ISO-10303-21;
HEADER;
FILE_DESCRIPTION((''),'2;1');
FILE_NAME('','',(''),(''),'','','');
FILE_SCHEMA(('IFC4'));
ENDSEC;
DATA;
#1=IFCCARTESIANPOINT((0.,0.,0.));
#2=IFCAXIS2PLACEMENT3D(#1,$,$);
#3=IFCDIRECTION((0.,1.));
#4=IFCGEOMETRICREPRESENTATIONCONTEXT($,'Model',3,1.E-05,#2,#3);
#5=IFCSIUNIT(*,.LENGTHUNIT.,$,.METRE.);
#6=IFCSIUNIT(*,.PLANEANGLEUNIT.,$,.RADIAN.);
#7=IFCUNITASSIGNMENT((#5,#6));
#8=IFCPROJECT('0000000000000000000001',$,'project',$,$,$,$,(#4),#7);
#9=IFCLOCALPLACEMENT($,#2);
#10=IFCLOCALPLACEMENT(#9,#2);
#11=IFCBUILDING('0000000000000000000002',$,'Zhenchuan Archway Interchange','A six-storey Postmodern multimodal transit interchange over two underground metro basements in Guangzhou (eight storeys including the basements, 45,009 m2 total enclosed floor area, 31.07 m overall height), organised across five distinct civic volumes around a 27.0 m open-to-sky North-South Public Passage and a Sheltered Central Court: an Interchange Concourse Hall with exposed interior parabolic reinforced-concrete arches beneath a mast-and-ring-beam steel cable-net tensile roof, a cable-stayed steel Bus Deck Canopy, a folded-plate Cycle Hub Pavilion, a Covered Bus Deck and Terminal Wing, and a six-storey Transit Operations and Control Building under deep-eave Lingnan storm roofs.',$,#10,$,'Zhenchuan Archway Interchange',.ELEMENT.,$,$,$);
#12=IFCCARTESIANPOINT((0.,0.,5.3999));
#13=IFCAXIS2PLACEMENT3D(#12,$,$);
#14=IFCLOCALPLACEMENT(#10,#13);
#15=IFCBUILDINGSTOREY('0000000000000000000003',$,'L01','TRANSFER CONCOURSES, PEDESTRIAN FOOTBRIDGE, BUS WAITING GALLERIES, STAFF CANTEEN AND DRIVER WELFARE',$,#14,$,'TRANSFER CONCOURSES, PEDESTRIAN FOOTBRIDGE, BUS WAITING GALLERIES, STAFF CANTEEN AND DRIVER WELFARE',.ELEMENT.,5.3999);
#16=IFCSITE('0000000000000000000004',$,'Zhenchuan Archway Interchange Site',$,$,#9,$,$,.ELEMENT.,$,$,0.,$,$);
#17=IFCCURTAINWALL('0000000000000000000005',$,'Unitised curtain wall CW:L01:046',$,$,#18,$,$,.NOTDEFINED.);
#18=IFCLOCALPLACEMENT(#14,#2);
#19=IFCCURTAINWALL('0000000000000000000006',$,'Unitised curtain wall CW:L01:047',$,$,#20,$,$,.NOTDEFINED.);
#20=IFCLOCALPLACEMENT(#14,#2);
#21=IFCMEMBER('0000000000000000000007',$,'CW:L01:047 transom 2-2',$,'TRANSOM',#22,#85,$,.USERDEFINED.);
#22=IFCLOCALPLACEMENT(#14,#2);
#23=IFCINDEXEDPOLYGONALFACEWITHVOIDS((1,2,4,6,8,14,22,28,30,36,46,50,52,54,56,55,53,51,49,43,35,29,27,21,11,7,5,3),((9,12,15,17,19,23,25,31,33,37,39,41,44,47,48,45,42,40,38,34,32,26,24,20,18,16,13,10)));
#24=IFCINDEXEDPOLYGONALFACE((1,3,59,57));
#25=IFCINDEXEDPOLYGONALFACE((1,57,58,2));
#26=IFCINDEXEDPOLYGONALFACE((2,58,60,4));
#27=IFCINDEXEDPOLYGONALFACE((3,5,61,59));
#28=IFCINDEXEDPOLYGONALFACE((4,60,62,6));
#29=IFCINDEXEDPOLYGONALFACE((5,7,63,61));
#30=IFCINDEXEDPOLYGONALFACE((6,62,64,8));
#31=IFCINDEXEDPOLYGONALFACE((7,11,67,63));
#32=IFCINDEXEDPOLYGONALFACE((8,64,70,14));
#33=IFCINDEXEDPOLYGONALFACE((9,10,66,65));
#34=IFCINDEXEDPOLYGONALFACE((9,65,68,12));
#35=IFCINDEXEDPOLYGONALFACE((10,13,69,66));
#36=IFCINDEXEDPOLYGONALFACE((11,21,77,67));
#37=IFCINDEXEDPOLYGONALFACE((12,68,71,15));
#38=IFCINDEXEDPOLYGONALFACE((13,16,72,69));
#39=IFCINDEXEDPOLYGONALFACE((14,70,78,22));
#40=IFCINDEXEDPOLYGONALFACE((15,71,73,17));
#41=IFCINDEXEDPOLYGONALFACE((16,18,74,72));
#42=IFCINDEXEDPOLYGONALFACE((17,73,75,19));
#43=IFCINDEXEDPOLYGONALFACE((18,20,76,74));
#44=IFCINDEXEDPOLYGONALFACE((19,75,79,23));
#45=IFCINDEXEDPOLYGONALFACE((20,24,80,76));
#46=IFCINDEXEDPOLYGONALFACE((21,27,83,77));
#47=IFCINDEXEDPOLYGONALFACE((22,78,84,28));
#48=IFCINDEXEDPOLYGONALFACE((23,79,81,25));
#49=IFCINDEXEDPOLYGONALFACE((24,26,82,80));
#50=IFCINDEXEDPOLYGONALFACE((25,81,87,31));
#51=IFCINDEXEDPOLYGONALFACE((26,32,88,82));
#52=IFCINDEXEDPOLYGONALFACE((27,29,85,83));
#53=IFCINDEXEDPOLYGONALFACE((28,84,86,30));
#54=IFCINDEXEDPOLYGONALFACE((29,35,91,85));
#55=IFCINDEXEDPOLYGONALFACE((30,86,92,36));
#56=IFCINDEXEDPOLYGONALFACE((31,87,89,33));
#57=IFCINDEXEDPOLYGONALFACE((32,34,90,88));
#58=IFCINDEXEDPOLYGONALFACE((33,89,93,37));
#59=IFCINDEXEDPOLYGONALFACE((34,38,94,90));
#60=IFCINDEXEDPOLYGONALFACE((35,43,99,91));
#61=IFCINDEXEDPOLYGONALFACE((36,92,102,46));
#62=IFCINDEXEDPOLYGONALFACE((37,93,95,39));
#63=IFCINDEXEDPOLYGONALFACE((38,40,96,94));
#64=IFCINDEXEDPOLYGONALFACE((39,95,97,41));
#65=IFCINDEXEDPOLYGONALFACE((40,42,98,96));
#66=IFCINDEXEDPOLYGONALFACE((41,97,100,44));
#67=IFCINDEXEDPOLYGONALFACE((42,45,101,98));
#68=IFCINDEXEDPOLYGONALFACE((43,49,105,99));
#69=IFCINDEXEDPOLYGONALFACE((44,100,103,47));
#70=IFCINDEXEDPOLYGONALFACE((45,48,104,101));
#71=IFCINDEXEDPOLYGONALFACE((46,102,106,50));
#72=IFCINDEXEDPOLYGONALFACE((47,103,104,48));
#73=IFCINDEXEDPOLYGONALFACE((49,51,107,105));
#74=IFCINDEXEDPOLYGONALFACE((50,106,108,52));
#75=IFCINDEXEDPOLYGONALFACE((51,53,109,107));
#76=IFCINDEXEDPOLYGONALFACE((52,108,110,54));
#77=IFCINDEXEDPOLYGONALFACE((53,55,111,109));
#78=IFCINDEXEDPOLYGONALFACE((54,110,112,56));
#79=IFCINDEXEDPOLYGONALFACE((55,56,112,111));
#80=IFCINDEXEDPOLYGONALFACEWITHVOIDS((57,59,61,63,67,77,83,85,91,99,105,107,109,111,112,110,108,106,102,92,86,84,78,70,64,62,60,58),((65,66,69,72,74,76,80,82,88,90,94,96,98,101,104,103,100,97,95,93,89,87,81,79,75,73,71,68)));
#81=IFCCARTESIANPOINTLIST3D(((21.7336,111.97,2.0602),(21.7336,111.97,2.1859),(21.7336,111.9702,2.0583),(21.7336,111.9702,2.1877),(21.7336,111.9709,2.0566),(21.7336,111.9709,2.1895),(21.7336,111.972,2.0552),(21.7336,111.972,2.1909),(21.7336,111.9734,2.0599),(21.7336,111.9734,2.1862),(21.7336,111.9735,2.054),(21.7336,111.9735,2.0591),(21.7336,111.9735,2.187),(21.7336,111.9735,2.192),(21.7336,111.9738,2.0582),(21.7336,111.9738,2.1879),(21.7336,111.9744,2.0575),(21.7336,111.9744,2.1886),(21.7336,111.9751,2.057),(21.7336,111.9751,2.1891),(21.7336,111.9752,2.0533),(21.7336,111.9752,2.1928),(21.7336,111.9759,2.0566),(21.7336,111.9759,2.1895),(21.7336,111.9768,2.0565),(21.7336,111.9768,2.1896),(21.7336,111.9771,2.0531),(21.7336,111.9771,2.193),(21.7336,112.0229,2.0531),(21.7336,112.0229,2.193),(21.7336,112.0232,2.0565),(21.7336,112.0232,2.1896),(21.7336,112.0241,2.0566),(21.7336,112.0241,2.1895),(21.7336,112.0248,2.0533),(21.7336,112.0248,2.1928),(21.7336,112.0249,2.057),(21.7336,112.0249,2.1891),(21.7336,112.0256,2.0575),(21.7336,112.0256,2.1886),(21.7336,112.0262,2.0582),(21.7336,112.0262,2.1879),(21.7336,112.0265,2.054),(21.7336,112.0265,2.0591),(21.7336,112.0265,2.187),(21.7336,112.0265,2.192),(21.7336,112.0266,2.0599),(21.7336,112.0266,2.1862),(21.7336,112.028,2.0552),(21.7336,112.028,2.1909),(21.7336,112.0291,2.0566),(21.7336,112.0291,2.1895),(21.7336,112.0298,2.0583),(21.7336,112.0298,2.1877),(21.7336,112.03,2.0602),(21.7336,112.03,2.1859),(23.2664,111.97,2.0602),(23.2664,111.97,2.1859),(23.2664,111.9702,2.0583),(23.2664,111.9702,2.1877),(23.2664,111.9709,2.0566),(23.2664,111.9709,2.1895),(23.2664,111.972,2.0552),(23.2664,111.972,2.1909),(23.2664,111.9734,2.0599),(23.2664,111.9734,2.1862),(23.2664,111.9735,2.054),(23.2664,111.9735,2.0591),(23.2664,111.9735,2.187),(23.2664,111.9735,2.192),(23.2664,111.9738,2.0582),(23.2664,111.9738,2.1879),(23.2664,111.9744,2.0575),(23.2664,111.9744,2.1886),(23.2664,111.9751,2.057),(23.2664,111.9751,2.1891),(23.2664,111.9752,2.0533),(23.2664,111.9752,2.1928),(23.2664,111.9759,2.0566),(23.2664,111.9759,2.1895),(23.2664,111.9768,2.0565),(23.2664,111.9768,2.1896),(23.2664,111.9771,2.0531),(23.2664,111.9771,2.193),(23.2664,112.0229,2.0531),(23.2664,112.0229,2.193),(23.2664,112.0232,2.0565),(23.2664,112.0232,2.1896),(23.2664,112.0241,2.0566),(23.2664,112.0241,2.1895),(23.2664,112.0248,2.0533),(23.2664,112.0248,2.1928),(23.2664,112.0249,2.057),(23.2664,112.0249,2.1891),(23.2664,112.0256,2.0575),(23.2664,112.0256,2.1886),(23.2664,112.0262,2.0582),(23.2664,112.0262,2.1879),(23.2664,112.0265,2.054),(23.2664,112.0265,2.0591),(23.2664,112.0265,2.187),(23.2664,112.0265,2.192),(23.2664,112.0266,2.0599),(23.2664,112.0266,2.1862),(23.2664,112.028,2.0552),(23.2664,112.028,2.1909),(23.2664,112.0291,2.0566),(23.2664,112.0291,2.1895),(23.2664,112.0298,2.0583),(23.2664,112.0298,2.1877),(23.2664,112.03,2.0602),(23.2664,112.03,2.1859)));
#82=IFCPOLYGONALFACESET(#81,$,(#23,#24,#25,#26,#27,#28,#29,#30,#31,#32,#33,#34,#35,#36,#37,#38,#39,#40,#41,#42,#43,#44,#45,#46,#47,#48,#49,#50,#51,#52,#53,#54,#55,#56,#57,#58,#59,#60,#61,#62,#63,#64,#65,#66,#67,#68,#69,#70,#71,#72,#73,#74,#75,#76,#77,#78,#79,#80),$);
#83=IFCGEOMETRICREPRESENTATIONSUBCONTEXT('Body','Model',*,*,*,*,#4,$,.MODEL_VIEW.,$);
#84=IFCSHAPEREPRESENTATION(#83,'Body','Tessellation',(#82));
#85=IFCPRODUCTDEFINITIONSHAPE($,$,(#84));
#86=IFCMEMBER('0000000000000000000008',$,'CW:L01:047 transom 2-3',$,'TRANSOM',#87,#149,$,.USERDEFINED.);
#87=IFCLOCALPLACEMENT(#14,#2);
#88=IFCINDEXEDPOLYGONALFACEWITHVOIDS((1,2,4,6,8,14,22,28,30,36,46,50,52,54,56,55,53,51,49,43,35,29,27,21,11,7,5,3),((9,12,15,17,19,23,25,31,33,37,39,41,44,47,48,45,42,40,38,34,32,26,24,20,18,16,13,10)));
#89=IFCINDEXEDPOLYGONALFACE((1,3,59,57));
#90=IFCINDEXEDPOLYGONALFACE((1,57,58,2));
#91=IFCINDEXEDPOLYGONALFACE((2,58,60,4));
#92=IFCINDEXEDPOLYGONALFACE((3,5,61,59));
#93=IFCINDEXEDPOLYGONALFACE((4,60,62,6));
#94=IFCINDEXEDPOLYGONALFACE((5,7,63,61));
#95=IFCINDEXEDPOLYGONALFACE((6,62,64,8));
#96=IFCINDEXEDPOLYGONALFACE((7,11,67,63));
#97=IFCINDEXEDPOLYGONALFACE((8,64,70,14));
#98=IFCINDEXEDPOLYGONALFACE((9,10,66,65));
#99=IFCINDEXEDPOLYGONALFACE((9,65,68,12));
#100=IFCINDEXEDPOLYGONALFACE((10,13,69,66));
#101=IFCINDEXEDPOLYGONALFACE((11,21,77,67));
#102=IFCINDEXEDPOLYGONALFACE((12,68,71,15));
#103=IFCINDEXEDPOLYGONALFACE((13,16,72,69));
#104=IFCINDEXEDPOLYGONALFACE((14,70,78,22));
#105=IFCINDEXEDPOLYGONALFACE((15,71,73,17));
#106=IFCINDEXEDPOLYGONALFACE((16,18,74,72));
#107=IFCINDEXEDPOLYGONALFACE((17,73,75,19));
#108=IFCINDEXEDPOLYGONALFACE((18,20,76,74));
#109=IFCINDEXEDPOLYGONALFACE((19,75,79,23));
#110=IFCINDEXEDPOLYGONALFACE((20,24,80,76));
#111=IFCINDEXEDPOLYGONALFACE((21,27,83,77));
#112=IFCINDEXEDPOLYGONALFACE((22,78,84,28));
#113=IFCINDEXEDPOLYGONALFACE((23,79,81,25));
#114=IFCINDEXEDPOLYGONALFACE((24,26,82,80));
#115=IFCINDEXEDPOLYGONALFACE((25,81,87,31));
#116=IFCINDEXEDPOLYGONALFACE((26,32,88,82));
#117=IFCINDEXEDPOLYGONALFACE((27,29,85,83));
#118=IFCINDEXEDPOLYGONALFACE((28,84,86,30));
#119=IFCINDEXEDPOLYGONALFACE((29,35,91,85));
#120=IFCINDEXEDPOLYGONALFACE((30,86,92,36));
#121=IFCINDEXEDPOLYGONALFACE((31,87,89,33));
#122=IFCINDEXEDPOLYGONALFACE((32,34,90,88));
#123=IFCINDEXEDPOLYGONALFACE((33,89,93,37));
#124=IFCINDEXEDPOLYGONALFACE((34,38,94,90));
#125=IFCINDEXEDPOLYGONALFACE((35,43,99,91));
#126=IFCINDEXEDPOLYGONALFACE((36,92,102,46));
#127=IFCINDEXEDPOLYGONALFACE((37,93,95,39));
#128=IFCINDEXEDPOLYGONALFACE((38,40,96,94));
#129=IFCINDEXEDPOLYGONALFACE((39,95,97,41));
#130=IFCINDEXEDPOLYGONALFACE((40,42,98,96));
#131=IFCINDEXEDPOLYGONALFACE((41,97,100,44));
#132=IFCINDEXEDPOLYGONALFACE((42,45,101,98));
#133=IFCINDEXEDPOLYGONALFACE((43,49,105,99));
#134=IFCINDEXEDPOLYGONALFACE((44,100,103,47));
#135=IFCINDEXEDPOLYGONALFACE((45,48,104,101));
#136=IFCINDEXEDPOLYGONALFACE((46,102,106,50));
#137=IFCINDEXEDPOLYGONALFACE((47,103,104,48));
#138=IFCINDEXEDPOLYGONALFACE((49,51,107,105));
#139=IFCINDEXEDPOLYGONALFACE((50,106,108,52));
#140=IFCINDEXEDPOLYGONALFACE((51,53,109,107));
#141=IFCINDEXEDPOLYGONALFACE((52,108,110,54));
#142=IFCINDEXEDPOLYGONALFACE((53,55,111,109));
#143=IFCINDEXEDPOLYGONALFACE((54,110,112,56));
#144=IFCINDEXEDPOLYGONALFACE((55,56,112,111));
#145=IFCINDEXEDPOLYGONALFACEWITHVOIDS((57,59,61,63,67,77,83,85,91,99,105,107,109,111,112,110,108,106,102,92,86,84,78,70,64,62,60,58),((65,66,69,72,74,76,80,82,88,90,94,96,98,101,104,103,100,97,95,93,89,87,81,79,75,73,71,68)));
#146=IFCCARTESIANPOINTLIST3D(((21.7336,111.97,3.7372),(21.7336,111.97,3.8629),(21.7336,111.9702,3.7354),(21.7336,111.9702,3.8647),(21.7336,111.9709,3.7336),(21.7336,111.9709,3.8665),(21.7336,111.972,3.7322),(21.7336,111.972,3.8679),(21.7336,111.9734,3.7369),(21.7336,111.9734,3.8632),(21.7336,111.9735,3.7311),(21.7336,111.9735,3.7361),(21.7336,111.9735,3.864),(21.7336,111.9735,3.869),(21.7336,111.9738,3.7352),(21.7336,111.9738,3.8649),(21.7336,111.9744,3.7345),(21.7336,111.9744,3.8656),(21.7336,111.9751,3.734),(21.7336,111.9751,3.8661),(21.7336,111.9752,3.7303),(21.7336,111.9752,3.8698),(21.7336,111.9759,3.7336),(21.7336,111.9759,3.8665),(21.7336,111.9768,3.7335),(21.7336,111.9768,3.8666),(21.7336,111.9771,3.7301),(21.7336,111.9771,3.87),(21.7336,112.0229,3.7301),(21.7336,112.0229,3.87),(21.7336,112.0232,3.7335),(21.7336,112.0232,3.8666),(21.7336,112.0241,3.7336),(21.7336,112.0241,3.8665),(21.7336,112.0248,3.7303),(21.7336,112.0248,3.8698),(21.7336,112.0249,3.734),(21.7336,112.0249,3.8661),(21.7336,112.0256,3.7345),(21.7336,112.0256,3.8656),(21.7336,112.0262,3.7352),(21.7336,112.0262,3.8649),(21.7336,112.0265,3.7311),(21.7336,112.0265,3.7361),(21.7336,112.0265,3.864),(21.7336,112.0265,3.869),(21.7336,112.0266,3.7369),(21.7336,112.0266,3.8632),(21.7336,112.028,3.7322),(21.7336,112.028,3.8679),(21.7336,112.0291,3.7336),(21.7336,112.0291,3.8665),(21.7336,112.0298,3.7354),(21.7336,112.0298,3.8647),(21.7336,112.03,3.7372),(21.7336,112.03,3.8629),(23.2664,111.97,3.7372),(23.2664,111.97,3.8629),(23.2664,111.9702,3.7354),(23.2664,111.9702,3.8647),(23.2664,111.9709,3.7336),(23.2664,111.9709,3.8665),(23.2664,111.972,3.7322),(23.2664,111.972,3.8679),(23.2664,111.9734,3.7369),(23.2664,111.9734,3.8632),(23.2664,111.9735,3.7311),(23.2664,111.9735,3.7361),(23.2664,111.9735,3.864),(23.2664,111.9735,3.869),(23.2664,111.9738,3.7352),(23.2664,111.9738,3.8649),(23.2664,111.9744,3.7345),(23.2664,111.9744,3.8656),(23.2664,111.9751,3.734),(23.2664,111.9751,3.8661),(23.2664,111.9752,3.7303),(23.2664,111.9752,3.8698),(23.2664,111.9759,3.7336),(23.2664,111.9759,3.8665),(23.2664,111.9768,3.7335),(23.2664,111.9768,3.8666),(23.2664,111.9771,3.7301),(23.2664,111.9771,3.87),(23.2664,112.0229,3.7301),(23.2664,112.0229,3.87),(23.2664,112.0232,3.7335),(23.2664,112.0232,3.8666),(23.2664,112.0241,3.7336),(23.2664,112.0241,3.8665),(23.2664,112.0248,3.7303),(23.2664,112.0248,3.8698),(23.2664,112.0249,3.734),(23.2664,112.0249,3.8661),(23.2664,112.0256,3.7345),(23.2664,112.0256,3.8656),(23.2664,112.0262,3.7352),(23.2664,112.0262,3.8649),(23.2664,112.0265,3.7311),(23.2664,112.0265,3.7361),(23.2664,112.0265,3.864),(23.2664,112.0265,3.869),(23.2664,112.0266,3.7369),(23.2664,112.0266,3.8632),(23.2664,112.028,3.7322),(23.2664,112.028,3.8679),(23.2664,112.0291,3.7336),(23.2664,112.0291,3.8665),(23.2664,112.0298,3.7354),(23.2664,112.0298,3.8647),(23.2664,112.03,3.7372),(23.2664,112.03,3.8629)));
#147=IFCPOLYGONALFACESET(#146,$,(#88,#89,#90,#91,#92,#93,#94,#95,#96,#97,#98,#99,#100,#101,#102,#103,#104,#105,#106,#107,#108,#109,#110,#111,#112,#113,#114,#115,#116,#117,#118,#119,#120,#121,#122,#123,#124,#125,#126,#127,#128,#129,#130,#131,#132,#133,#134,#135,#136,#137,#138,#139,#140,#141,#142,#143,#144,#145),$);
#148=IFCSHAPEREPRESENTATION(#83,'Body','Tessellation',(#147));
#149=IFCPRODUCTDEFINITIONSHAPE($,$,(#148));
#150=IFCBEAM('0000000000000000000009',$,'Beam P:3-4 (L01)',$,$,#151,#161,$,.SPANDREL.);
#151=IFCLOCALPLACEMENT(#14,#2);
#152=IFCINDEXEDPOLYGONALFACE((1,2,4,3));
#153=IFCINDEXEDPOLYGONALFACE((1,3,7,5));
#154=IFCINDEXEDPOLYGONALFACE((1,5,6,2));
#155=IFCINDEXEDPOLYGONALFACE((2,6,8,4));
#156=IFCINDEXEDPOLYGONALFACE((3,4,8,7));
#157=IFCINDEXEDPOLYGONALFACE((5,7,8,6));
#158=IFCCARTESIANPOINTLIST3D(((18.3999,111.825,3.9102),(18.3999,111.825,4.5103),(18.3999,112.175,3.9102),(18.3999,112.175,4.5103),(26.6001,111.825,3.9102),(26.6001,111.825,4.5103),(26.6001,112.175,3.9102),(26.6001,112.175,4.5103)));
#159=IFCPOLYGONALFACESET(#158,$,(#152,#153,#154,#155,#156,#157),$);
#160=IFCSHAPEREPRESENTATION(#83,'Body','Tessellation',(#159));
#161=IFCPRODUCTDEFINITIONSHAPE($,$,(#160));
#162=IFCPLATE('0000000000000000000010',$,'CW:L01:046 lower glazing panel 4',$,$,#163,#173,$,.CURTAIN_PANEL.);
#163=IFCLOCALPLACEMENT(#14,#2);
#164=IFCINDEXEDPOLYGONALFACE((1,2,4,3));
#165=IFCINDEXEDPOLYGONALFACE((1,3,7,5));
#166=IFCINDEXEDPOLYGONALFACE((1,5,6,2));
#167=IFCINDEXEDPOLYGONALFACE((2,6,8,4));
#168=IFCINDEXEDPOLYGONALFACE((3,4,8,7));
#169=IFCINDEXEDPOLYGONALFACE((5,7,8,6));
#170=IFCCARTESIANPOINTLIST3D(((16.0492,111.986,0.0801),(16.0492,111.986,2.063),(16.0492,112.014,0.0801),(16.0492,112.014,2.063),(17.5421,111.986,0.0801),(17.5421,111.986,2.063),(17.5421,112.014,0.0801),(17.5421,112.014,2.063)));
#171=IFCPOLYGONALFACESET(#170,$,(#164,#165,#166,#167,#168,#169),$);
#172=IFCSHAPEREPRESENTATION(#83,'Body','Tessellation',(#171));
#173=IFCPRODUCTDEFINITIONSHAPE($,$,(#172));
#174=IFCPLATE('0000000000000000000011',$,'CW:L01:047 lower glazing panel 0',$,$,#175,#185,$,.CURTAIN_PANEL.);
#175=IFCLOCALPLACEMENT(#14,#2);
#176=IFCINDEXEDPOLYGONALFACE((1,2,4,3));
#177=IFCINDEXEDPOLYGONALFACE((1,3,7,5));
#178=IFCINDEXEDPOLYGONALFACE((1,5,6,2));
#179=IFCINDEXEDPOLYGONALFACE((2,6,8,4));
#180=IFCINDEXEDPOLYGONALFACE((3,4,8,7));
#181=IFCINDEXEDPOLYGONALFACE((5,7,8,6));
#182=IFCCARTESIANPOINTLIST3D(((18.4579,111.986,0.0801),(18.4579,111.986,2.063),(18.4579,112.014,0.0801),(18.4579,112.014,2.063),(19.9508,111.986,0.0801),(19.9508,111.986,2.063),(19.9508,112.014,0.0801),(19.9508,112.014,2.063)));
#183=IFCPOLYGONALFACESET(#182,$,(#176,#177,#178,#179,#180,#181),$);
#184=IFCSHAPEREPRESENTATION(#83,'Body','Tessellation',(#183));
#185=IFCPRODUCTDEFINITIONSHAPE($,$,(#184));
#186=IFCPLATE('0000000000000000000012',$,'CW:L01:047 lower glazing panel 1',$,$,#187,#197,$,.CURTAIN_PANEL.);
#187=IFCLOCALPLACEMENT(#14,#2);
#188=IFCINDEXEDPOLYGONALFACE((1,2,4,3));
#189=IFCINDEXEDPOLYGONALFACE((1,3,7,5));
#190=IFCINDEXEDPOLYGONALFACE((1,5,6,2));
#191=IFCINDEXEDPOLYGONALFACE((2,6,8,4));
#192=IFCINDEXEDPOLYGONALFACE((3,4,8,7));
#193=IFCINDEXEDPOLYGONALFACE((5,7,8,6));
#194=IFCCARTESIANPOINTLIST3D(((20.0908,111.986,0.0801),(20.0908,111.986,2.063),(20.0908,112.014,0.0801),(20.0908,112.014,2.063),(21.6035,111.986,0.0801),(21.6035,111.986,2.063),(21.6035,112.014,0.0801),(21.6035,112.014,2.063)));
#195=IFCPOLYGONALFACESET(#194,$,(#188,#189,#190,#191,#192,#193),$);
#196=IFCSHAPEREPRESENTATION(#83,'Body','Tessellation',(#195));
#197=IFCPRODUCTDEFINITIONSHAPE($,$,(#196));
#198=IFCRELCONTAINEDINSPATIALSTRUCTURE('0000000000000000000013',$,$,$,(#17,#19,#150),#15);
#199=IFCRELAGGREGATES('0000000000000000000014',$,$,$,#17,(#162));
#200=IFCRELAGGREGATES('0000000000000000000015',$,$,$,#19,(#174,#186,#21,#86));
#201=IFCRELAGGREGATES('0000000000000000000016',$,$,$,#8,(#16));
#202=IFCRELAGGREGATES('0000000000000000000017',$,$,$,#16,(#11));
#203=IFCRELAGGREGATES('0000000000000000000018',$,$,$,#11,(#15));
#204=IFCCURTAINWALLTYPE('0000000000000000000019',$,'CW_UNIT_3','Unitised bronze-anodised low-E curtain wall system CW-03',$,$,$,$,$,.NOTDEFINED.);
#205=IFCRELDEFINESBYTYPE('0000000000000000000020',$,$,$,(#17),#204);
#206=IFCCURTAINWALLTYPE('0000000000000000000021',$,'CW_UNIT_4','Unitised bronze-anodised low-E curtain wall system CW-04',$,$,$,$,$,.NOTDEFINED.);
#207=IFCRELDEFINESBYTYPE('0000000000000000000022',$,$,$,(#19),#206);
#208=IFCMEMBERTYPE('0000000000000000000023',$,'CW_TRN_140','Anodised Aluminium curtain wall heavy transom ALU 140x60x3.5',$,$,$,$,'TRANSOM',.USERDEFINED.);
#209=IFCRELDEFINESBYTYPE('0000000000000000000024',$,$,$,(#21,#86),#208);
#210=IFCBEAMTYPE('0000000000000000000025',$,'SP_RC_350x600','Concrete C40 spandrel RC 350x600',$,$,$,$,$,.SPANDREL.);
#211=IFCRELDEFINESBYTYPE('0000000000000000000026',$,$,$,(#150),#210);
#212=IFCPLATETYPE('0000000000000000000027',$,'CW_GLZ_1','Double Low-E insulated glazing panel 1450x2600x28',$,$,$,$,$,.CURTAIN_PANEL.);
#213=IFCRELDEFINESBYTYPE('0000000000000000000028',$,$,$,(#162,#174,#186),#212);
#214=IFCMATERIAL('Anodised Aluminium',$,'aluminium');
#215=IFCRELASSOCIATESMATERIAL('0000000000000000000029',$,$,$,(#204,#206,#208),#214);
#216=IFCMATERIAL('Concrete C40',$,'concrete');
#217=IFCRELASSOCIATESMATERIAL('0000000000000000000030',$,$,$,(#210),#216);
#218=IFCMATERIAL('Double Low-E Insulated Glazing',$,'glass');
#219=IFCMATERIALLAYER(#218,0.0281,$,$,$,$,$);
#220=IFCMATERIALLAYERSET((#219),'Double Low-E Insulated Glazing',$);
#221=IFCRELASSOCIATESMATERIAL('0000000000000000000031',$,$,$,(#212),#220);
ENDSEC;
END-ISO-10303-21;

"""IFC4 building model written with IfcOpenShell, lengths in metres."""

from ifc_helpers import new_model, si_unit, direction, frame, origin, origin_2d, place, context, subcontext, project, spatial, rectangle, hollow_rectangle, extrude, material, layer, layer_set, material_profile, profile_set, type_object, element, aggregate, save


model = new_model("IFC4")

# Units and contexts
model_context = context("Model", 3, precision=1e-05, world=origin(), true_north=direction((0.0, 1.0)))
body_context = subcontext(model_context, "Body", "Model", "MODEL_VIEW")
ifc_project = project(units=[si_unit("LENGTHUNIT", "METRE"), si_unit("PLANEANGLEUNIT", "RADIAN")], contexts=[model_context])

# Site, building, storey
site_placement = place(None, origin())
site = spatial("IfcSite", under=ifc_project, at=site_placement, Name="Zhenchuan Archway Interchange Site", CompositionType="ELEMENT", RefElevation=0.0)
building_placement = place(site_placement, origin())
building = spatial("IfcBuilding", under=site, at=building_placement, Name="Zhenchuan Archway Interchange", Description="A six-storey Postmodern multimodal transit interchange over two underground metro basements in Guangzhou (eight storeys including the basements, 45,009 m2 total enclosed floor area, 31.07 m overall height), organised across five distinct civic volumes around a 27.0 m open-to-sky North-South Public Passage and a Sheltered Central Court: an Interchange Concourse Hall with exposed interior parabolic reinforced-concrete arches beneath a mast-and-ring-beam steel cable-net tensile roof, a cable-stayed steel Bus Deck Canopy, a folded-plate Cycle Hub Pavilion, a Covered Bus Deck and Terminal Wing, and a six-storey Transit Operations and Control Building under deep-eave Lingnan storm roofs.", LongName="Zhenchuan Archway Interchange", CompositionType="ELEMENT")
storey_placement = place(building_placement, frame((0.0, 0.0, 5.3999)))
storey = spatial("IfcBuildingStorey", under=building, at=storey_placement, Name="L01", Description="TRANSFER CONCOURSES, PEDESTRIAN FOOTBRIDGE, BUS WAITING GALLERIES, STAFF CANTEEN AND DRIVER WELFARE", LongName="TRANSFER CONCOURSES, PEDESTRIAN FOOTBRIDGE, BUS WAITING GALLERIES, STAFF CANTEEN AND DRIVER WELFARE", CompositionType="ELEMENT", Elevation=5.3999)

# Shared definitions
ifc_material_1 = material(Name="Concrete C40", Category="concrete")

# Curtain wall
ifc_material_2 = material(Name="Anodised Aluminium", Category="aluminium")
curtain_wall_type_1 = type_object("IfcCurtainWallType", Name="CW_UNIT_3", Description="Unitised bronze-anodised low-E curtain wall system CW-03", PredefinedType="NOTDEFINED", material=ifc_material_2)
curtain_wall_1_placement = place(storey_placement, origin())
curtain_wall_1 = element("IfcCurtainWall", 1, at=curtain_wall_1_placement, inside=storey, type_object=curtain_wall_type_1, Name="Unitised curtain wall CW:L01:046", PredefinedType="NOTDEFINED")

# Curtain wall, members
curtain_wall_type_2 = type_object("IfcCurtainWallType", Name="CW_UNIT_4", Description="Unitised bronze-anodised low-E curtain wall system CW-04", PredefinedType="NOTDEFINED", material=ifc_material_2)
curtain_wall_2_placement = place(storey_placement, origin())
curtain_wall_2 = element("IfcCurtainWall", 2, at=curtain_wall_2_placement, inside=storey, type_object=curtain_wall_type_2, Name="Unitised curtain wall CW:L01:047", PredefinedType="NOTDEFINED")
ifc_material_profile_1 = material_profile(ifc_material_2, hollow_rectangle(XDim=0.0601, YDim=0.1399, WallThickness=0.0034, InnerFilletRadius=0.0034, OuterFilletRadius=0.0071, at=origin_2d()), Name="ALU 140x60x3.5")
ifc_profile_set_1 = profile_set([ifc_material_profile_1], Name="Anodised Aluminium")
member_type_1 = type_object("IfcMemberType", Name="CW_TRN_140", Description="Anodised Aluminium curtain wall heavy transom ALU 140x60x3.5", ElementType="TRANSOM", PredefinedType="USERDEFINED", material=ifc_profile_set_1)
member_1_placement = place(storey_placement, frame((21.7336, 112.0, 2.123), z_axis=(1.0, 0.0, 0.0), x_axis=(0.0, 1.0, 0.0)))
member_1 = element("IfcMember", 3, at=member_1_placement, type_object=member_type_1, Name="CW:L01:047 transom 2-2", ObjectType="TRANSOM", PredefinedType="USERDEFINED", context=body_context, shape_type="SweptSolid", body=[
    extrude(hollow_rectangle(XDim=0.0601, YDim=0.1399, WallThickness=0.0034, InnerFilletRadius=0.0034, OuterFilletRadius=0.0071, at=origin_2d()), origin(), (0.0, 0.0, 1.0), 1.5327),
])
member_2_placement = place(storey_placement, frame((21.7336, 112.0, 3.8), z_axis=(1.0, 0.0, 0.0), x_axis=(0.0, 1.0, 0.0)))
member_2 = element("IfcMember", 4, at=member_2_placement, type_object=member_type_1, Name="CW:L01:047 transom 2-3", ObjectType="TRANSOM", PredefinedType="USERDEFINED", context=body_context, shape_type="SweptSolid", body=[
    extrude(hollow_rectangle(XDim=0.0601, YDim=0.1399, WallThickness=0.0034, InnerFilletRadius=0.0034, OuterFilletRadius=0.0071, at=origin_2d()), origin(), (0.0, 0.0, 1.0), 1.5327),
])

# Beam
ifc_material_profile_2 = material_profile(ifc_material_1, rectangle(XDim=0.3501, YDim=0.6001, at=origin_2d()), Name="RC 350x600")
ifc_profile_set_2 = profile_set([ifc_material_profile_2], Name="Concrete C40")
beam_type = type_object("IfcBeamType", Name="SP_RC_350x600", Description="Concrete C40 spandrel RC 350x600", PredefinedType="SPANDREL", material=ifc_profile_set_2)
beam_placement = place(storey_placement, frame((18.3999, 112.0, 4.2102), z_axis=(1.0, 0.0, 0.0), x_axis=(0.0, 1.0, 0.0)))
element("IfcBeam", 5, at=beam_placement, inside=storey, type_object=beam_type, Name="Beam P:3-4 (L01)", PredefinedType="SPANDREL", context=body_context, shape_type="SweptSolid", body=[
    extrude(rectangle(XDim=0.3501, YDim=0.6001, at=origin_2d()), origin(), (0.0, 0.0, 1.0), 8.2002),
])

# Plates
ifc_material_3 = material(Name="Double Low-E Insulated Glazing", Category="glass")
ifc_layer_1 = layer(ifc_material_3, 0.0281)
ifc_layer_set_1 = layer_set([ifc_layer_1], Name="Double Low-E Insulated Glazing")
plate_type_1 = type_object("IfcPlateType", Name="CW_GLZ_1", Description="Double Low-E insulated glazing panel 1450x2600x28", PredefinedType="CURTAIN_PANEL", material=ifc_layer_set_1)
plate_1_placement = place(storey_placement, frame((16.7957, 112.0, 0.0801), z_axis=(0.0, 0.0, 1.0), x_axis=(1.0, 0.0, 0.0)))
plate_1 = element("IfcPlate", 6, at=plate_1_placement, type_object=plate_type_1, Name="CW:L01:046 lower glazing panel 4", PredefinedType="CURTAIN_PANEL", context=body_context, shape_type="SweptSolid", body=[
    extrude(rectangle(XDim=1.4929, YDim=0.0281, at=origin_2d()), origin(), (0.0, 0.0, 1.0), 1.9829),
])
plate_2_placement = place(storey_placement, frame((19.2043, 112.0, 0.0801), z_axis=(0.0, 0.0, 1.0), x_axis=(1.0, 0.0, 0.0)))
plate_2 = element("IfcPlate", 7, at=plate_2_placement, type_object=plate_type_1, Name="CW:L01:047 lower glazing panel 0", PredefinedType="CURTAIN_PANEL", context=body_context, shape_type="SweptSolid", body=[
    extrude(rectangle(XDim=1.4929, YDim=0.0281, at=origin_2d()), origin(), (0.0, 0.0, 1.0), 1.9829),
])
plate_3_placement = place(storey_placement, frame((20.8472, 112.0, 0.0801), z_axis=(0.0, 0.0, 1.0), x_axis=(1.0, 0.0, 0.0)))
plate_3 = element("IfcPlate", 8, at=plate_3_placement, type_object=plate_type_1, Name="CW:L01:047 lower glazing panel 1", PredefinedType="CURTAIN_PANEL", context=body_context, shape_type="SweptSolid", body=[
    extrude(rectangle(XDim=1.5127, YDim=0.0281, at=origin_2d()), origin(), (0.0, 0.0, 1.0), 1.9829),
])
aggregate(curtain_wall_1, [plate_1])
aggregate(curtain_wall_2, [plate_2, plate_3, member_1, member_2])

save(model, "model.ifc")
